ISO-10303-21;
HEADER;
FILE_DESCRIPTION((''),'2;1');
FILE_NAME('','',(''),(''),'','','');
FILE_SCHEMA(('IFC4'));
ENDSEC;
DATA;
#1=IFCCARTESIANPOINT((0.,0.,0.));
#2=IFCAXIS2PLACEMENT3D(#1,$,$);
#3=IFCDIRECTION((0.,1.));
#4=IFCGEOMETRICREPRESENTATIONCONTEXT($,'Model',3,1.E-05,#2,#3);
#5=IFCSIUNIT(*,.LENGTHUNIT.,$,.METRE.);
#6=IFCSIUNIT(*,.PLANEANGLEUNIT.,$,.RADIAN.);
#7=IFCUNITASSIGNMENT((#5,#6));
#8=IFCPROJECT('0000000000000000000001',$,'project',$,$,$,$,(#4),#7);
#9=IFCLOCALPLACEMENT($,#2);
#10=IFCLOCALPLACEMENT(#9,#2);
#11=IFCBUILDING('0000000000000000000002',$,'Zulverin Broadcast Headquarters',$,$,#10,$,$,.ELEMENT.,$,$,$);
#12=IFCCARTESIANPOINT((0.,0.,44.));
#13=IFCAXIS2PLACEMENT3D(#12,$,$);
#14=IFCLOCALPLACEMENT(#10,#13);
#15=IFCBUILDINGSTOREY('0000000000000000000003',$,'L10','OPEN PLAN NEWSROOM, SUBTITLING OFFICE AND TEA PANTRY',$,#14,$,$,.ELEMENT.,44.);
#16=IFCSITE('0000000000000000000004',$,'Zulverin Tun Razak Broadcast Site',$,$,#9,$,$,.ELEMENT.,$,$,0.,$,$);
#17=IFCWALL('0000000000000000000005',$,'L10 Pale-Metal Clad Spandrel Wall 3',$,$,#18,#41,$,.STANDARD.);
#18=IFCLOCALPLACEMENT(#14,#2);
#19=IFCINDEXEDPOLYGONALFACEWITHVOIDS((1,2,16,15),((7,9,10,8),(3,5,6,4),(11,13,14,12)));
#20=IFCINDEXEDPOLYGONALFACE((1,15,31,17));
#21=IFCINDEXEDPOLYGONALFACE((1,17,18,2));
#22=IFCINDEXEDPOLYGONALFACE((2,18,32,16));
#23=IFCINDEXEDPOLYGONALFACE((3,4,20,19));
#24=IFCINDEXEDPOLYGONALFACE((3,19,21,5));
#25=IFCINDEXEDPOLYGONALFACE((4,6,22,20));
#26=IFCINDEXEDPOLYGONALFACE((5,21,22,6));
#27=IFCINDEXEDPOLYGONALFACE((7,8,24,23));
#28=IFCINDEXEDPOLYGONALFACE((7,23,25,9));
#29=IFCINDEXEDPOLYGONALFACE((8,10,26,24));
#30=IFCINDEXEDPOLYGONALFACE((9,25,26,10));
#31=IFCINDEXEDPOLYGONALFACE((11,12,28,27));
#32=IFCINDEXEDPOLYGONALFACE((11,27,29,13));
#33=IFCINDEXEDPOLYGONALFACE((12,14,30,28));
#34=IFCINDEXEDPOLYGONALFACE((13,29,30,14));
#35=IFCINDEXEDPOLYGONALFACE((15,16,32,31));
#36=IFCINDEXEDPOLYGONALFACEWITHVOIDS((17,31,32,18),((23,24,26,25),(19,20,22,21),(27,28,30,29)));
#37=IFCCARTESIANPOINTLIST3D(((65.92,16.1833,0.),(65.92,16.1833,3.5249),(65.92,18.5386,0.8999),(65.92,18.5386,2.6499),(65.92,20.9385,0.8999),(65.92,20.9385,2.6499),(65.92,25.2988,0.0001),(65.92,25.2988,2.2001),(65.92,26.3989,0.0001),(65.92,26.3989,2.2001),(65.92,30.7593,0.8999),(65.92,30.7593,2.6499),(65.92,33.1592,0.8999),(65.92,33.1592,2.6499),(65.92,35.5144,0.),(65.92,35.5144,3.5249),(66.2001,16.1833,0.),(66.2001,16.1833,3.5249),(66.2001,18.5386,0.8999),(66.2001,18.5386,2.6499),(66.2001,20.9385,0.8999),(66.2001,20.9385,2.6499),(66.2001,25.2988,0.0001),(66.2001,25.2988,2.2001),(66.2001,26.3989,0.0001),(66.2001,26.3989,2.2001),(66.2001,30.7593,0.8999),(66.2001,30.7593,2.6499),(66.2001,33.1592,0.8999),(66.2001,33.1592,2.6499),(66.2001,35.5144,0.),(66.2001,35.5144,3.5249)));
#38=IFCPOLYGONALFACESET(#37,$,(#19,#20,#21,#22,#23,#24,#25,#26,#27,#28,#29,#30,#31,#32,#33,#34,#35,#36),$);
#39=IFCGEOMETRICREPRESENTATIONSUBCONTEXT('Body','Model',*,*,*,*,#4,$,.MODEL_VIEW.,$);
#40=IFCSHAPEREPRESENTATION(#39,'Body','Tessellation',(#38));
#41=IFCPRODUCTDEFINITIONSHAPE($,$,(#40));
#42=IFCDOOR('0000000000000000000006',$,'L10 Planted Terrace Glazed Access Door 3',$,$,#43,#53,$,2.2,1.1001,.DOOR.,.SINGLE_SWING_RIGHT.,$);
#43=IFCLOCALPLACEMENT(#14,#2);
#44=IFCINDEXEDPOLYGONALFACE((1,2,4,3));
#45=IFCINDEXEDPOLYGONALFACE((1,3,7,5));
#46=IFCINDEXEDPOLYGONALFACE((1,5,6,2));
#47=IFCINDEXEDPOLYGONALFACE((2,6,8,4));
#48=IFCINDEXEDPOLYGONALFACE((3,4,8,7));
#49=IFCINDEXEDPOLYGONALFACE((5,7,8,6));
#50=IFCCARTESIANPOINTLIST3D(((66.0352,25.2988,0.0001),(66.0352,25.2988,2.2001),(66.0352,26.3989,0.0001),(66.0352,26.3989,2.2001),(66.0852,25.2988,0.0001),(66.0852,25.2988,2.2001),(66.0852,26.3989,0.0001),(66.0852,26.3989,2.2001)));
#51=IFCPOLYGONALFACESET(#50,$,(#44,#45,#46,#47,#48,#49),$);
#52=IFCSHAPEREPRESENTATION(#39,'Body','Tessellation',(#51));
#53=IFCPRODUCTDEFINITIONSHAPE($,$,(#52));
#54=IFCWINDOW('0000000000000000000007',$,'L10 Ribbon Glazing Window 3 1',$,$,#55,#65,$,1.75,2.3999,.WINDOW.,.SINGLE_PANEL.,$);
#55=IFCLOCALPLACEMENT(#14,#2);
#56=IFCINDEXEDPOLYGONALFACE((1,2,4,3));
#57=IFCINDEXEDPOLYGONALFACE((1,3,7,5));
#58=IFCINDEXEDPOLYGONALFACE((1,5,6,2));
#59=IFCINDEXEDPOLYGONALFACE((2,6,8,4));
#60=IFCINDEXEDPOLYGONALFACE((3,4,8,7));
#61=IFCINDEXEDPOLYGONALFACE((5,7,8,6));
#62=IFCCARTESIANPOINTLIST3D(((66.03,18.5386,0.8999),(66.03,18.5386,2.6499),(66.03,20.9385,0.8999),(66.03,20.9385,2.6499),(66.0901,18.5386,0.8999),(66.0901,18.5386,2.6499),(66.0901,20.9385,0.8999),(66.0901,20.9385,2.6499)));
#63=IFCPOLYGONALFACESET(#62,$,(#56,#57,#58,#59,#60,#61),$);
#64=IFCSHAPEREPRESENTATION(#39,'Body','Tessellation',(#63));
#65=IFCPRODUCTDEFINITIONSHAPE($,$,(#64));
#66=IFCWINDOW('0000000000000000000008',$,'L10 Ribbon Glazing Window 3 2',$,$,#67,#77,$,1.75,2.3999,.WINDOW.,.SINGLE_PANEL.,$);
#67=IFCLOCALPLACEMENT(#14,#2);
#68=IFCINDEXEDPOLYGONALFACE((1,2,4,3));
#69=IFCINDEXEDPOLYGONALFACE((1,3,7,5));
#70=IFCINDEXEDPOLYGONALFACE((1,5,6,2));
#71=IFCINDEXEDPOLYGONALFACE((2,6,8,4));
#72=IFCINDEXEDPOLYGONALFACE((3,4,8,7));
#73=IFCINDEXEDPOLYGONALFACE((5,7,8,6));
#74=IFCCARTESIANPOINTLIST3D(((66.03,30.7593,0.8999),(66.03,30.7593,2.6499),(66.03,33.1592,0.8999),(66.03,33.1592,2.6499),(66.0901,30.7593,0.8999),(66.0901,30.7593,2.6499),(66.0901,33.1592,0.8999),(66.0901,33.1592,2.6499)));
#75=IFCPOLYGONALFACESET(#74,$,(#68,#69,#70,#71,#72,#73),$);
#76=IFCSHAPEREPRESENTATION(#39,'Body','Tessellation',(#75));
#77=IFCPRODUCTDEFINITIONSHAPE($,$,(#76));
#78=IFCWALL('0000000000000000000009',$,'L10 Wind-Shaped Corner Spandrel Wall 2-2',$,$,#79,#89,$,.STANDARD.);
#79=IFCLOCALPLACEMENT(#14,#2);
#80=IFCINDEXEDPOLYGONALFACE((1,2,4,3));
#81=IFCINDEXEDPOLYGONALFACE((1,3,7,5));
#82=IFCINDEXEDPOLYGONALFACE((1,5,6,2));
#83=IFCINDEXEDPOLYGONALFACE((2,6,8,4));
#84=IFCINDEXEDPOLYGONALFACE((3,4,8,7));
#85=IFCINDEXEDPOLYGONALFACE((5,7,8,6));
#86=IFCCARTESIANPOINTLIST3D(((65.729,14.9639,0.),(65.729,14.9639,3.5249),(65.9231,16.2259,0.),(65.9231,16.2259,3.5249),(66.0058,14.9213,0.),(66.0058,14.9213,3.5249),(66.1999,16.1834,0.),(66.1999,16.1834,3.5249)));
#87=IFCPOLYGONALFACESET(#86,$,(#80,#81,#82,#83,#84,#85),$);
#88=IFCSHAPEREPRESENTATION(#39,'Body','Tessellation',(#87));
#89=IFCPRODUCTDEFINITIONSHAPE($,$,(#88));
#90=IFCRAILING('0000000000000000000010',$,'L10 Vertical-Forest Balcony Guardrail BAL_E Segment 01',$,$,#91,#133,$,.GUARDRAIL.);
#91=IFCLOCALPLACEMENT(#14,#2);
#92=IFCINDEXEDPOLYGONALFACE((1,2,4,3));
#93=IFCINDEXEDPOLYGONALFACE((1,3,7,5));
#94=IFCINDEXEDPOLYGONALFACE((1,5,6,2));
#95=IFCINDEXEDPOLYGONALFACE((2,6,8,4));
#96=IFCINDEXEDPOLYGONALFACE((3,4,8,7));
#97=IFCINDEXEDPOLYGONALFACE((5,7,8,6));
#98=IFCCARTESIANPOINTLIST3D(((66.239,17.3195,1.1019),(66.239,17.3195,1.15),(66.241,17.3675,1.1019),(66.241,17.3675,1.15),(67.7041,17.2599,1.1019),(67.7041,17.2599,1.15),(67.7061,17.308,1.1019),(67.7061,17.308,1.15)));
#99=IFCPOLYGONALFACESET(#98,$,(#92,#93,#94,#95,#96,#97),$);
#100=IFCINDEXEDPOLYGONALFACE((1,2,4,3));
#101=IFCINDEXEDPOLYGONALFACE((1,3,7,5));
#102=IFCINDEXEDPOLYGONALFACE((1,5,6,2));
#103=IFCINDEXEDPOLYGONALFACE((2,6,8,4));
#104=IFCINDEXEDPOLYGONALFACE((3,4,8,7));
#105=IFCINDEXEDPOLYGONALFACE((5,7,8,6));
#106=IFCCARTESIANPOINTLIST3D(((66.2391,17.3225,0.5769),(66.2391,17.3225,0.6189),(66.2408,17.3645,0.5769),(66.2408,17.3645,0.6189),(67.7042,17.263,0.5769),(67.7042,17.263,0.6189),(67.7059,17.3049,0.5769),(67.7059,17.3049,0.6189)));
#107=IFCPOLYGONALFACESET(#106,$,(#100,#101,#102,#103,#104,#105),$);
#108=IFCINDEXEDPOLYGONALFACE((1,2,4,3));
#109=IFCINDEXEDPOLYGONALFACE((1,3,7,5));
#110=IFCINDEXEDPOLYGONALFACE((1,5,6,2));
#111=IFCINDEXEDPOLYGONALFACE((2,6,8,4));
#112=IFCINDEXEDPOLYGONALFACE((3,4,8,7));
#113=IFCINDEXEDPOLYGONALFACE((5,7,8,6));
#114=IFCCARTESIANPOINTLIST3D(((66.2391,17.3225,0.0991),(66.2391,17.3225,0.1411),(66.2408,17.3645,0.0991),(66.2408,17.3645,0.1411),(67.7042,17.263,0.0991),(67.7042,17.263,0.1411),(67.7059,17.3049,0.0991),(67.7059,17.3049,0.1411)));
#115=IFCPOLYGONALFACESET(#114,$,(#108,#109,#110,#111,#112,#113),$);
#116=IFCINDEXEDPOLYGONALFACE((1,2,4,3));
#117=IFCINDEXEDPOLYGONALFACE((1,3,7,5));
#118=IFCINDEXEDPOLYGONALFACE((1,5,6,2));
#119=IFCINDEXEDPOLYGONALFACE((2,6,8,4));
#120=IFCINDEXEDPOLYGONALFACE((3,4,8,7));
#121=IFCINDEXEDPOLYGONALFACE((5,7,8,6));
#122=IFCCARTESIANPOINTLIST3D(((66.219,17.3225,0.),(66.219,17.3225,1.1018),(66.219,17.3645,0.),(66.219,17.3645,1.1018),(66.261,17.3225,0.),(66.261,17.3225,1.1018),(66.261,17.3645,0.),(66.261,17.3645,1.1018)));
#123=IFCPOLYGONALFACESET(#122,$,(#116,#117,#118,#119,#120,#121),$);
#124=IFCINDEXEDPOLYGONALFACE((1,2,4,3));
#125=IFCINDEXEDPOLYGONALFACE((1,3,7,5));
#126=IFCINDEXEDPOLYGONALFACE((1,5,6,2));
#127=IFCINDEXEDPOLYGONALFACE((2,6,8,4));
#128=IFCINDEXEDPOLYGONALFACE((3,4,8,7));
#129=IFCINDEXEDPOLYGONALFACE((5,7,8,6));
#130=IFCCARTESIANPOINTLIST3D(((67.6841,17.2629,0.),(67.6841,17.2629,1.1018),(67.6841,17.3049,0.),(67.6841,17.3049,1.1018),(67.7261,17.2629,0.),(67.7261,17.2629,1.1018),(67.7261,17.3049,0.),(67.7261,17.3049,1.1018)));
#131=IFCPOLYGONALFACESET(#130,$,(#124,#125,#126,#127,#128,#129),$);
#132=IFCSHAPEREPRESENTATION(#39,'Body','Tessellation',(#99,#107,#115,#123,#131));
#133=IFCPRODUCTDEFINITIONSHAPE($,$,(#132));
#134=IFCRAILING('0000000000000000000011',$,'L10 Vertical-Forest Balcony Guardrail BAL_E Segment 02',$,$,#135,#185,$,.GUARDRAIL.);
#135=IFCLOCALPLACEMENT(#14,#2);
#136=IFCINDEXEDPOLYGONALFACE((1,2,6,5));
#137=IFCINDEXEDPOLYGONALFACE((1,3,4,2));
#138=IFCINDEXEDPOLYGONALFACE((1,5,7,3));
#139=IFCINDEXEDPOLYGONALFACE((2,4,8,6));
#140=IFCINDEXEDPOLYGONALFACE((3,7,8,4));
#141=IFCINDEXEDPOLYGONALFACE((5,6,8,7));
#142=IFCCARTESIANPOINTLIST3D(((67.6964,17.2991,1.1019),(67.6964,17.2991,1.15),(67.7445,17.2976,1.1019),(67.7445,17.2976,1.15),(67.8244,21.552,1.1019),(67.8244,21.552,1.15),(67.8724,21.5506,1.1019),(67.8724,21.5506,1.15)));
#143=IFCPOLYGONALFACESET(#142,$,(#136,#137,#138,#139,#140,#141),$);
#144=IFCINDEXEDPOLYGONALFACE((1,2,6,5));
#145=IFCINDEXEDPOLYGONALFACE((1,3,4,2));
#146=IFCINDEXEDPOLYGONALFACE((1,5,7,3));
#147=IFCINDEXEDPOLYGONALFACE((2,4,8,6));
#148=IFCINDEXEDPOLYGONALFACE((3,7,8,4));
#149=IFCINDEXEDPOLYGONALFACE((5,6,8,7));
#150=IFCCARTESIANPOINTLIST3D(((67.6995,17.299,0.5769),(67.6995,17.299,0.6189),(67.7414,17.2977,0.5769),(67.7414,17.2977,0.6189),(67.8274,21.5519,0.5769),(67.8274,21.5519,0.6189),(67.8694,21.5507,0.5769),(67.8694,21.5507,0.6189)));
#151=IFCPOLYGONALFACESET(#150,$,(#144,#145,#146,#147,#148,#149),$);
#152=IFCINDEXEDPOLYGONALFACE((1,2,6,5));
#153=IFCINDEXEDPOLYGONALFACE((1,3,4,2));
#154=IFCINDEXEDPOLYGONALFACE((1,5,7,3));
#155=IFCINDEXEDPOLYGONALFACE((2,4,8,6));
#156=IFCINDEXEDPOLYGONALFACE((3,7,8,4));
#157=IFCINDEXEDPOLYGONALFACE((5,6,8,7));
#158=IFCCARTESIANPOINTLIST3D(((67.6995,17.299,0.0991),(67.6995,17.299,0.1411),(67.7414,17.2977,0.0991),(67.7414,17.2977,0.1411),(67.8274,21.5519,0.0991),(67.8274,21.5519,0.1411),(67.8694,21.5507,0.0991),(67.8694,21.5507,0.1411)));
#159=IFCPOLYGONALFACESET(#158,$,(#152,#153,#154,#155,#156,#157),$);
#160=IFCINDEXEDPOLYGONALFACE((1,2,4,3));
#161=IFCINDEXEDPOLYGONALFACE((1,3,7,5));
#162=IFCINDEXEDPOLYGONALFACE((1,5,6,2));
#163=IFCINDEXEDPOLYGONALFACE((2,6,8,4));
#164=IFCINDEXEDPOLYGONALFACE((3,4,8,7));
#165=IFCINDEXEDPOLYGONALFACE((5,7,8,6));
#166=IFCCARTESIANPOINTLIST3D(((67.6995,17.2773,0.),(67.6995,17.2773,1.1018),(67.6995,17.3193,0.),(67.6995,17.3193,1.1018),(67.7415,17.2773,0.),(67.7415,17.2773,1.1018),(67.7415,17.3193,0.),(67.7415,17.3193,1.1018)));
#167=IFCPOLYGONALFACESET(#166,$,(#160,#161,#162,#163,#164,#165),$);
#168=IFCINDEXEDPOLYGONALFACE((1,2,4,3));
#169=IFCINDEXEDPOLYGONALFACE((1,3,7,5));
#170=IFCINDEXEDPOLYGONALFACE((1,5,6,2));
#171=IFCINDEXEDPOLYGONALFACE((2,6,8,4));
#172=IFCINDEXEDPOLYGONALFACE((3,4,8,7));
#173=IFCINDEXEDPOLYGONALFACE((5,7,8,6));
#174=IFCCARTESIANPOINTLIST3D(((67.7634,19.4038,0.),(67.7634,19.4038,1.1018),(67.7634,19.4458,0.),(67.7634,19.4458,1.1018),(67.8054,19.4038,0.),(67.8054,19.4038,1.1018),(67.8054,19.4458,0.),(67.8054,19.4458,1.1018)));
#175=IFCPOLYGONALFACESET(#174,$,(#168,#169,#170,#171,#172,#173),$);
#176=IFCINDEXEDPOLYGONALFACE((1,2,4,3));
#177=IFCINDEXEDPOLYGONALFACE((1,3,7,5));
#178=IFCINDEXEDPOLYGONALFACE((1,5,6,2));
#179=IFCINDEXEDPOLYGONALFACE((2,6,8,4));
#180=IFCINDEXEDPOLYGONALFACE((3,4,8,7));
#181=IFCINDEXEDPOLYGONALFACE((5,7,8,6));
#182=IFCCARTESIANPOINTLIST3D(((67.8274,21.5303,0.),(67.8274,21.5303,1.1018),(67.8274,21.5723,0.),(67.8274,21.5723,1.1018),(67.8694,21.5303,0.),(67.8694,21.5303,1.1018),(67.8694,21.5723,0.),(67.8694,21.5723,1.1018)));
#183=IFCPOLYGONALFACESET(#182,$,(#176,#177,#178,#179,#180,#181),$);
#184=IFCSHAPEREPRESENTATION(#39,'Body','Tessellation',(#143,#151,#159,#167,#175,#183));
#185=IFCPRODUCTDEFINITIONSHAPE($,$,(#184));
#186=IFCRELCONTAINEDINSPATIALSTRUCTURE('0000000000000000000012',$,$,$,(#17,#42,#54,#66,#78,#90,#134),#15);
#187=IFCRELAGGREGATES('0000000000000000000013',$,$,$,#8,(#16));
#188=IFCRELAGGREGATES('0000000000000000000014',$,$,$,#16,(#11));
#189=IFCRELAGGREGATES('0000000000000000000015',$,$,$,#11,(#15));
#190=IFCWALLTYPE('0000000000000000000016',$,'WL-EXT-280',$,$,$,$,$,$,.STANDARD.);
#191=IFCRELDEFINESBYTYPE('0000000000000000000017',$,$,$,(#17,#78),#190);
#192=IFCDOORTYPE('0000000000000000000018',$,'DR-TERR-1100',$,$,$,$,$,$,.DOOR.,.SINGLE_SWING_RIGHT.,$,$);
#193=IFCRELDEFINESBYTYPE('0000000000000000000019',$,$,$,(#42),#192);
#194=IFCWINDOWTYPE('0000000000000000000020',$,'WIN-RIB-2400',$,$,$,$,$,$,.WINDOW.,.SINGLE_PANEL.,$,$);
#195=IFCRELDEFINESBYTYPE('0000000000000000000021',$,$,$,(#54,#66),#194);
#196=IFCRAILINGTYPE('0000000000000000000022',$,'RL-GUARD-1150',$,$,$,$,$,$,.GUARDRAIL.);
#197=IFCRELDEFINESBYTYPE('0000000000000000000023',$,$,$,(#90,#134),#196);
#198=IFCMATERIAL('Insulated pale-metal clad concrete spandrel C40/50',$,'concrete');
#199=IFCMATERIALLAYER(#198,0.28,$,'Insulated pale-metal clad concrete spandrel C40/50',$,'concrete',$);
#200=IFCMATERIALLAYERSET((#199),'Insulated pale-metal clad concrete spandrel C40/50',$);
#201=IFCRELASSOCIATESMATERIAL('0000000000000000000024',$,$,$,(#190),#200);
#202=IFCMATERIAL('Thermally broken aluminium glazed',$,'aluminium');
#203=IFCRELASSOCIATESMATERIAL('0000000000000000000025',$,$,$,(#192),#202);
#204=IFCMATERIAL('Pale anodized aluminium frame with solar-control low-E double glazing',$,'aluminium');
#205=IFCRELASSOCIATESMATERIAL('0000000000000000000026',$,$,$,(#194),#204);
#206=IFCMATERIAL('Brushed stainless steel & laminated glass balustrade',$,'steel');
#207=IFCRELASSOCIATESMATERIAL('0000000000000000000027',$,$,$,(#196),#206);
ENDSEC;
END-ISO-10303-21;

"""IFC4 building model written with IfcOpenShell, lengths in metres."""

from ifc_helpers import new_model, si_unit, direction, frame, frame_2d, origin, origin_2d, place, context, subcontext, project, spatial, rectangle, extrude, material, layer, layer_set, type_object, element, fill, save


model = new_model("IFC4")

# Units and contexts
model_context = context("Model", 3, precision=1e-05, world=origin(), true_north=direction((0.0, 1.0)))
body_context = subcontext(model_context, "Body", "Model", "MODEL_VIEW")
ifc_project = project(units=[si_unit("LENGTHUNIT", "METRE"), si_unit("PLANEANGLEUNIT", "RADIAN")], contexts=[model_context])

# Site, building, storey
site_placement = place(None, origin())
site = spatial("IfcSite", under=ifc_project, at=site_placement, Name="Zulverin Tun Razak Broadcast Site", CompositionType="ELEMENT", RefElevation=0.0)
building_placement = place(site_placement, origin())
building = spatial("IfcBuilding", under=site, at=building_placement, Name="Zulverin Broadcast Headquarters", CompositionType="ELEMENT")
storey_placement = place(building_placement, frame((0.0, 0.0, 44.0)))
storey = spatial("IfcBuildingStorey", under=building, at=storey_placement, Name="L10", Description="OPEN PLAN NEWSROOM, SUBTITLING OFFICE AND TEA PANTRY", CompositionType="ELEMENT", Elevation=44.0)

# Wall, openings, door, windows
ifc_material_1 = material(Name="Insulated pale-metal clad concrete spandrel C40/50", Category="concrete")
ifc_layer_1 = layer(ifc_material_1, 0.28, Name="Insulated pale-metal clad concrete spandrel C40/50", Category="concrete")
ifc_layer_set_1 = layer_set([ifc_layer_1], Name="Insulated pale-metal clad concrete spandrel C40/50")
wall_type_1 = type_object("IfcWallType", Name="WL-EXT-280", PredefinedType="STANDARD", material=ifc_layer_set_1)
wall_1_placement = place(storey_placement, frame((66.0601, 16.1833, 0.0), z_axis=(0.0, 0.0, 1.0), x_axis=(0.0, 1.0, 0.0)))
wall_1 = element("IfcWall", 1, at=wall_1_placement, inside=storey, type_object=wall_type_1, Name="L10 Pale-Metal Clad Spandrel Wall 3", PredefinedType="STANDARD", context=body_context, shape_type="SweptSolid", body=[
    extrude(rectangle(XDim=19.3311, YDim=0.28, at=frame_2d((9.6655, 0.0))), origin(), (0.0, 0.0, 1.0), 3.5249),
])
opening_1_placement = place(wall_1_placement, frame((9.1155, 0.0, 0.0)))
opening_1 = element("IfcOpeningElement", 2, at=opening_1_placement, cuts=wall_1, PredefinedType="OPENING", context=body_context, shape_type="SweptSolid", body=[
    extrude(rectangle(XDim=1.1001, YDim=2.2, at=frame_2d((0.55, 1.1001))), frame((0.0, 0.1499, 0.0), z_axis=(0.0, -1.0, 0.0), x_axis=(1.0, 0.0, 0.0)), (0.0, 0.0, 1.0), 0.3),
])
opening_2_placement = place(wall_1_placement, frame((2.3552, 0.0, 0.8999)))
opening_2 = element("IfcOpeningElement", 3, at=opening_2_placement, cuts=wall_1, PredefinedType="OPENING", context=body_context, shape_type="SweptSolid", body=[
    extrude(rectangle(XDim=2.3999, YDim=1.75, at=frame_2d((1.2, 0.875))), frame((0.0, 0.1499, 0.0), z_axis=(0.0, -1.0, 0.0), x_axis=(1.0, 0.0, 0.0)), (0.0, 0.0, 1.0), 0.3),
])
opening_3_placement = place(wall_1_placement, frame((14.5759, 0.0, 0.8999)))
opening_3 = element("IfcOpeningElement", 4, at=opening_3_placement, cuts=wall_1, PredefinedType="OPENING", context=body_context, shape_type="SweptSolid", body=[
    extrude(rectangle(XDim=2.3999, YDim=1.75, at=frame_2d((1.2, 0.875))), frame((0.0, 0.1499, 0.0), z_axis=(0.0, -1.0, 0.0), x_axis=(1.0, 0.0, 0.0)), (0.0, 0.0, 1.0), 0.3),
])
ifc_material_2 = material(Name="Thermally broken aluminium glazed", Category="aluminium")
door_type_1 = type_object("IfcDoorType", Name="DR-TERR-1100", OperationType="SINGLE_SWING_RIGHT", PredefinedType="DOOR", material=ifc_material_2)
door_1_placement = place(opening_1_placement, origin())
door_1 = element("IfcDoor", 5, at=door_1_placement, inside=storey, type_object=door_type_1, Name="L10 Planted Terrace Glazed Access Door 3", OperationType="SINGLE_SWING_RIGHT", OverallHeight=2.2, OverallWidth=1.1001, PredefinedType="DOOR", context=body_context, shape_type="SweptSolid", body=[
    extrude(rectangle(XDim=1.1001, YDim=2.2, at=frame_2d((0.55, 1.1001))), frame((0.0, 0.0249, 0.0), z_axis=(0.0, -1.0, 0.0), x_axis=(1.0, 0.0, 0.0)), (0.0, 0.0, 1.0), 0.05),
])
fill(opening_1, door_1)
ifc_material_3 = material(Name="Pale anodized aluminium frame with solar-control low-E double glazing", Category="aluminium")
window_type = type_object("IfcWindowType", Name="WIN-RIB-2400", PartitioningType="SINGLE_PANEL", PredefinedType="WINDOW", material=ifc_material_3)
window_1_placement = place(opening_2_placement, origin())
window_1 = element("IfcWindow", 6, at=window_1_placement, inside=storey, type_object=window_type, Name="L10 Ribbon Glazing Window 3 1", OverallHeight=1.75, OverallWidth=2.3999, PartitioningType="SINGLE_PANEL", PredefinedType="WINDOW", context=body_context, shape_type="SweptSolid", body=[
    extrude(rectangle(XDim=2.3999, YDim=1.75, at=frame_2d((1.2, 0.875))), frame((0.0, 0.03, 0.0), z_axis=(0.0, -1.0, 0.0), x_axis=(1.0, 0.0, 0.0)), (0.0, 0.0, 1.0), 0.0601),
])
fill(opening_2, window_1)
window_2_placement = place(opening_3_placement, origin())
window_2 = element("IfcWindow", 7, at=window_2_placement, inside=storey, type_object=window_type, Name="L10 Ribbon Glazing Window 3 2", OverallHeight=1.75, OverallWidth=2.3999, PartitioningType="SINGLE_PANEL", PredefinedType="WINDOW", context=body_context, shape_type="SweptSolid", body=[
    extrude(rectangle(XDim=2.3999, YDim=1.75, at=frame_2d((1.2, 0.875))), frame((0.0, 0.03, 0.0), z_axis=(0.0, -1.0, 0.0), x_axis=(1.0, 0.0, 0.0)), (0.0, 0.0, 1.0), 0.0601),
])
fill(opening_3, window_2)

# Wall
wall_2_placement = place(storey_placement, frame((65.8674, 14.9426, 0.0), z_axis=(0.0, 0.0, 1.0), x_axis=(0.152014, 0.988378, 0.0)))
element("IfcWall", 8, at=wall_2_placement, inside=storey, type_object=wall_type_1, Name="L10 Wind-Shaped Corner Spandrel Wall 2-2", PredefinedType="STANDARD", context=body_context, shape_type="SweptSolid", body=[
    extrude(rectangle(XDim=1.2769, YDim=0.28, at=frame_2d((0.6384, 0.0))), origin(), (0.0, 0.0, 1.0), 3.5249),
])

# Railings
ifc_material_4 = material(Name="Brushed stainless steel & laminated glass balustrade", Category="steel")
railing_type = type_object("IfcRailingType", Name="RL-GUARD-1150", PredefinedType="GUARDRAIL", material=ifc_material_4)
railing_1_placement = place(storey_placement, frame((66.24, 17.3435, 0.0)))
element("IfcRailing", 9, at=railing_1_placement, inside=storey, type_object=railing_type, Name="L10 Vertical-Forest Balcony Guardrail BAL_E Segment 01", PredefinedType="GUARDRAIL", context=body_context, shape_type="SweptSolid", body=[
    extrude(rectangle(XDim=0.0481, YDim=0.0481, at=origin_2d()), frame((0.0, 0.0, 1.126), z_axis=(0.999174, -0.040626, 0.0), x_axis=(0.040626, 0.999174, 0.0)), (0.0, 0.0, 1.0), 1.4663),
    extrude(rectangle(XDim=0.042, YDim=0.042, at=origin_2d()), frame((0.0, 0.0, 0.5979), z_axis=(0.999174, -0.040626, 0.0), x_axis=(0.040626, 0.999174, 0.0)), (0.0, 0.0, 1.0), 1.4663),
    extrude(rectangle(XDim=0.042, YDim=0.042, at=origin_2d()), frame((0.0, 0.0, 0.1201), z_axis=(0.999174, -0.040626, 0.0), x_axis=(0.040626, 0.999174, 0.0)), (0.0, 0.0, 1.0), 1.4663),
    extrude(rectangle(XDim=0.042, YDim=0.042, at=origin_2d()), origin(), (0.0, 0.0, 1.0), 1.1018),
    extrude(rectangle(XDim=0.042, YDim=0.042, at=origin_2d()), frame((1.4651, -0.0596, 0.0)), (0.0, 0.0, 1.0), 1.1018),
])
railing_2_placement = place(storey_placement, frame((67.7205, 17.2983, 0.0)))
element("IfcRailing", 10, at=railing_2_placement, inside=storey, type_object=railing_type, Name="L10 Vertical-Forest Balcony Guardrail BAL_E Segment 02", PredefinedType="GUARDRAIL", context=body_context, shape_type="SweptSolid", body=[
    extrude(rectangle(XDim=0.0481, YDim=0.0481, at=origin_2d()), frame((0.0, 0.0, 1.126), z_axis=(0.030067, 0.999548, 0.0), x_axis=(-0.999548, 0.030067, 0.0)), (0.0, 0.0, 1.0), 4.2549),
    extrude(rectangle(XDim=0.042, YDim=0.042, at=origin_2d()), frame((0.0, 0.0, 0.5979), z_axis=(0.030067, 0.999548, 0.0), x_axis=(-0.999548, 0.030067, 0.0)), (0.0, 0.0, 1.0), 4.2549),
    extrude(rectangle(XDim=0.042, YDim=0.042, at=origin_2d()), frame((0.0, 0.0, 0.1201), z_axis=(0.030067, 0.999548, 0.0), x_axis=(-0.999548, 0.030067, 0.0)), (0.0, 0.0, 1.0), 4.2549),
    extrude(rectangle(XDim=0.042, YDim=0.042, at=origin_2d()), origin(), (0.0, 0.0, 1.0), 1.1018),
    extrude(rectangle(XDim=0.042, YDim=0.042, at=origin_2d()), frame((0.064, 2.1265, 0.0)), (0.0, 0.0, 1.0), 1.1018),
    extrude(rectangle(XDim=0.042, YDim=0.042, at=origin_2d()), frame((0.1279, 4.2529, 0.0)), (0.0, 0.0, 1.0), 1.1018),
])

save(model, "model.ifc")
